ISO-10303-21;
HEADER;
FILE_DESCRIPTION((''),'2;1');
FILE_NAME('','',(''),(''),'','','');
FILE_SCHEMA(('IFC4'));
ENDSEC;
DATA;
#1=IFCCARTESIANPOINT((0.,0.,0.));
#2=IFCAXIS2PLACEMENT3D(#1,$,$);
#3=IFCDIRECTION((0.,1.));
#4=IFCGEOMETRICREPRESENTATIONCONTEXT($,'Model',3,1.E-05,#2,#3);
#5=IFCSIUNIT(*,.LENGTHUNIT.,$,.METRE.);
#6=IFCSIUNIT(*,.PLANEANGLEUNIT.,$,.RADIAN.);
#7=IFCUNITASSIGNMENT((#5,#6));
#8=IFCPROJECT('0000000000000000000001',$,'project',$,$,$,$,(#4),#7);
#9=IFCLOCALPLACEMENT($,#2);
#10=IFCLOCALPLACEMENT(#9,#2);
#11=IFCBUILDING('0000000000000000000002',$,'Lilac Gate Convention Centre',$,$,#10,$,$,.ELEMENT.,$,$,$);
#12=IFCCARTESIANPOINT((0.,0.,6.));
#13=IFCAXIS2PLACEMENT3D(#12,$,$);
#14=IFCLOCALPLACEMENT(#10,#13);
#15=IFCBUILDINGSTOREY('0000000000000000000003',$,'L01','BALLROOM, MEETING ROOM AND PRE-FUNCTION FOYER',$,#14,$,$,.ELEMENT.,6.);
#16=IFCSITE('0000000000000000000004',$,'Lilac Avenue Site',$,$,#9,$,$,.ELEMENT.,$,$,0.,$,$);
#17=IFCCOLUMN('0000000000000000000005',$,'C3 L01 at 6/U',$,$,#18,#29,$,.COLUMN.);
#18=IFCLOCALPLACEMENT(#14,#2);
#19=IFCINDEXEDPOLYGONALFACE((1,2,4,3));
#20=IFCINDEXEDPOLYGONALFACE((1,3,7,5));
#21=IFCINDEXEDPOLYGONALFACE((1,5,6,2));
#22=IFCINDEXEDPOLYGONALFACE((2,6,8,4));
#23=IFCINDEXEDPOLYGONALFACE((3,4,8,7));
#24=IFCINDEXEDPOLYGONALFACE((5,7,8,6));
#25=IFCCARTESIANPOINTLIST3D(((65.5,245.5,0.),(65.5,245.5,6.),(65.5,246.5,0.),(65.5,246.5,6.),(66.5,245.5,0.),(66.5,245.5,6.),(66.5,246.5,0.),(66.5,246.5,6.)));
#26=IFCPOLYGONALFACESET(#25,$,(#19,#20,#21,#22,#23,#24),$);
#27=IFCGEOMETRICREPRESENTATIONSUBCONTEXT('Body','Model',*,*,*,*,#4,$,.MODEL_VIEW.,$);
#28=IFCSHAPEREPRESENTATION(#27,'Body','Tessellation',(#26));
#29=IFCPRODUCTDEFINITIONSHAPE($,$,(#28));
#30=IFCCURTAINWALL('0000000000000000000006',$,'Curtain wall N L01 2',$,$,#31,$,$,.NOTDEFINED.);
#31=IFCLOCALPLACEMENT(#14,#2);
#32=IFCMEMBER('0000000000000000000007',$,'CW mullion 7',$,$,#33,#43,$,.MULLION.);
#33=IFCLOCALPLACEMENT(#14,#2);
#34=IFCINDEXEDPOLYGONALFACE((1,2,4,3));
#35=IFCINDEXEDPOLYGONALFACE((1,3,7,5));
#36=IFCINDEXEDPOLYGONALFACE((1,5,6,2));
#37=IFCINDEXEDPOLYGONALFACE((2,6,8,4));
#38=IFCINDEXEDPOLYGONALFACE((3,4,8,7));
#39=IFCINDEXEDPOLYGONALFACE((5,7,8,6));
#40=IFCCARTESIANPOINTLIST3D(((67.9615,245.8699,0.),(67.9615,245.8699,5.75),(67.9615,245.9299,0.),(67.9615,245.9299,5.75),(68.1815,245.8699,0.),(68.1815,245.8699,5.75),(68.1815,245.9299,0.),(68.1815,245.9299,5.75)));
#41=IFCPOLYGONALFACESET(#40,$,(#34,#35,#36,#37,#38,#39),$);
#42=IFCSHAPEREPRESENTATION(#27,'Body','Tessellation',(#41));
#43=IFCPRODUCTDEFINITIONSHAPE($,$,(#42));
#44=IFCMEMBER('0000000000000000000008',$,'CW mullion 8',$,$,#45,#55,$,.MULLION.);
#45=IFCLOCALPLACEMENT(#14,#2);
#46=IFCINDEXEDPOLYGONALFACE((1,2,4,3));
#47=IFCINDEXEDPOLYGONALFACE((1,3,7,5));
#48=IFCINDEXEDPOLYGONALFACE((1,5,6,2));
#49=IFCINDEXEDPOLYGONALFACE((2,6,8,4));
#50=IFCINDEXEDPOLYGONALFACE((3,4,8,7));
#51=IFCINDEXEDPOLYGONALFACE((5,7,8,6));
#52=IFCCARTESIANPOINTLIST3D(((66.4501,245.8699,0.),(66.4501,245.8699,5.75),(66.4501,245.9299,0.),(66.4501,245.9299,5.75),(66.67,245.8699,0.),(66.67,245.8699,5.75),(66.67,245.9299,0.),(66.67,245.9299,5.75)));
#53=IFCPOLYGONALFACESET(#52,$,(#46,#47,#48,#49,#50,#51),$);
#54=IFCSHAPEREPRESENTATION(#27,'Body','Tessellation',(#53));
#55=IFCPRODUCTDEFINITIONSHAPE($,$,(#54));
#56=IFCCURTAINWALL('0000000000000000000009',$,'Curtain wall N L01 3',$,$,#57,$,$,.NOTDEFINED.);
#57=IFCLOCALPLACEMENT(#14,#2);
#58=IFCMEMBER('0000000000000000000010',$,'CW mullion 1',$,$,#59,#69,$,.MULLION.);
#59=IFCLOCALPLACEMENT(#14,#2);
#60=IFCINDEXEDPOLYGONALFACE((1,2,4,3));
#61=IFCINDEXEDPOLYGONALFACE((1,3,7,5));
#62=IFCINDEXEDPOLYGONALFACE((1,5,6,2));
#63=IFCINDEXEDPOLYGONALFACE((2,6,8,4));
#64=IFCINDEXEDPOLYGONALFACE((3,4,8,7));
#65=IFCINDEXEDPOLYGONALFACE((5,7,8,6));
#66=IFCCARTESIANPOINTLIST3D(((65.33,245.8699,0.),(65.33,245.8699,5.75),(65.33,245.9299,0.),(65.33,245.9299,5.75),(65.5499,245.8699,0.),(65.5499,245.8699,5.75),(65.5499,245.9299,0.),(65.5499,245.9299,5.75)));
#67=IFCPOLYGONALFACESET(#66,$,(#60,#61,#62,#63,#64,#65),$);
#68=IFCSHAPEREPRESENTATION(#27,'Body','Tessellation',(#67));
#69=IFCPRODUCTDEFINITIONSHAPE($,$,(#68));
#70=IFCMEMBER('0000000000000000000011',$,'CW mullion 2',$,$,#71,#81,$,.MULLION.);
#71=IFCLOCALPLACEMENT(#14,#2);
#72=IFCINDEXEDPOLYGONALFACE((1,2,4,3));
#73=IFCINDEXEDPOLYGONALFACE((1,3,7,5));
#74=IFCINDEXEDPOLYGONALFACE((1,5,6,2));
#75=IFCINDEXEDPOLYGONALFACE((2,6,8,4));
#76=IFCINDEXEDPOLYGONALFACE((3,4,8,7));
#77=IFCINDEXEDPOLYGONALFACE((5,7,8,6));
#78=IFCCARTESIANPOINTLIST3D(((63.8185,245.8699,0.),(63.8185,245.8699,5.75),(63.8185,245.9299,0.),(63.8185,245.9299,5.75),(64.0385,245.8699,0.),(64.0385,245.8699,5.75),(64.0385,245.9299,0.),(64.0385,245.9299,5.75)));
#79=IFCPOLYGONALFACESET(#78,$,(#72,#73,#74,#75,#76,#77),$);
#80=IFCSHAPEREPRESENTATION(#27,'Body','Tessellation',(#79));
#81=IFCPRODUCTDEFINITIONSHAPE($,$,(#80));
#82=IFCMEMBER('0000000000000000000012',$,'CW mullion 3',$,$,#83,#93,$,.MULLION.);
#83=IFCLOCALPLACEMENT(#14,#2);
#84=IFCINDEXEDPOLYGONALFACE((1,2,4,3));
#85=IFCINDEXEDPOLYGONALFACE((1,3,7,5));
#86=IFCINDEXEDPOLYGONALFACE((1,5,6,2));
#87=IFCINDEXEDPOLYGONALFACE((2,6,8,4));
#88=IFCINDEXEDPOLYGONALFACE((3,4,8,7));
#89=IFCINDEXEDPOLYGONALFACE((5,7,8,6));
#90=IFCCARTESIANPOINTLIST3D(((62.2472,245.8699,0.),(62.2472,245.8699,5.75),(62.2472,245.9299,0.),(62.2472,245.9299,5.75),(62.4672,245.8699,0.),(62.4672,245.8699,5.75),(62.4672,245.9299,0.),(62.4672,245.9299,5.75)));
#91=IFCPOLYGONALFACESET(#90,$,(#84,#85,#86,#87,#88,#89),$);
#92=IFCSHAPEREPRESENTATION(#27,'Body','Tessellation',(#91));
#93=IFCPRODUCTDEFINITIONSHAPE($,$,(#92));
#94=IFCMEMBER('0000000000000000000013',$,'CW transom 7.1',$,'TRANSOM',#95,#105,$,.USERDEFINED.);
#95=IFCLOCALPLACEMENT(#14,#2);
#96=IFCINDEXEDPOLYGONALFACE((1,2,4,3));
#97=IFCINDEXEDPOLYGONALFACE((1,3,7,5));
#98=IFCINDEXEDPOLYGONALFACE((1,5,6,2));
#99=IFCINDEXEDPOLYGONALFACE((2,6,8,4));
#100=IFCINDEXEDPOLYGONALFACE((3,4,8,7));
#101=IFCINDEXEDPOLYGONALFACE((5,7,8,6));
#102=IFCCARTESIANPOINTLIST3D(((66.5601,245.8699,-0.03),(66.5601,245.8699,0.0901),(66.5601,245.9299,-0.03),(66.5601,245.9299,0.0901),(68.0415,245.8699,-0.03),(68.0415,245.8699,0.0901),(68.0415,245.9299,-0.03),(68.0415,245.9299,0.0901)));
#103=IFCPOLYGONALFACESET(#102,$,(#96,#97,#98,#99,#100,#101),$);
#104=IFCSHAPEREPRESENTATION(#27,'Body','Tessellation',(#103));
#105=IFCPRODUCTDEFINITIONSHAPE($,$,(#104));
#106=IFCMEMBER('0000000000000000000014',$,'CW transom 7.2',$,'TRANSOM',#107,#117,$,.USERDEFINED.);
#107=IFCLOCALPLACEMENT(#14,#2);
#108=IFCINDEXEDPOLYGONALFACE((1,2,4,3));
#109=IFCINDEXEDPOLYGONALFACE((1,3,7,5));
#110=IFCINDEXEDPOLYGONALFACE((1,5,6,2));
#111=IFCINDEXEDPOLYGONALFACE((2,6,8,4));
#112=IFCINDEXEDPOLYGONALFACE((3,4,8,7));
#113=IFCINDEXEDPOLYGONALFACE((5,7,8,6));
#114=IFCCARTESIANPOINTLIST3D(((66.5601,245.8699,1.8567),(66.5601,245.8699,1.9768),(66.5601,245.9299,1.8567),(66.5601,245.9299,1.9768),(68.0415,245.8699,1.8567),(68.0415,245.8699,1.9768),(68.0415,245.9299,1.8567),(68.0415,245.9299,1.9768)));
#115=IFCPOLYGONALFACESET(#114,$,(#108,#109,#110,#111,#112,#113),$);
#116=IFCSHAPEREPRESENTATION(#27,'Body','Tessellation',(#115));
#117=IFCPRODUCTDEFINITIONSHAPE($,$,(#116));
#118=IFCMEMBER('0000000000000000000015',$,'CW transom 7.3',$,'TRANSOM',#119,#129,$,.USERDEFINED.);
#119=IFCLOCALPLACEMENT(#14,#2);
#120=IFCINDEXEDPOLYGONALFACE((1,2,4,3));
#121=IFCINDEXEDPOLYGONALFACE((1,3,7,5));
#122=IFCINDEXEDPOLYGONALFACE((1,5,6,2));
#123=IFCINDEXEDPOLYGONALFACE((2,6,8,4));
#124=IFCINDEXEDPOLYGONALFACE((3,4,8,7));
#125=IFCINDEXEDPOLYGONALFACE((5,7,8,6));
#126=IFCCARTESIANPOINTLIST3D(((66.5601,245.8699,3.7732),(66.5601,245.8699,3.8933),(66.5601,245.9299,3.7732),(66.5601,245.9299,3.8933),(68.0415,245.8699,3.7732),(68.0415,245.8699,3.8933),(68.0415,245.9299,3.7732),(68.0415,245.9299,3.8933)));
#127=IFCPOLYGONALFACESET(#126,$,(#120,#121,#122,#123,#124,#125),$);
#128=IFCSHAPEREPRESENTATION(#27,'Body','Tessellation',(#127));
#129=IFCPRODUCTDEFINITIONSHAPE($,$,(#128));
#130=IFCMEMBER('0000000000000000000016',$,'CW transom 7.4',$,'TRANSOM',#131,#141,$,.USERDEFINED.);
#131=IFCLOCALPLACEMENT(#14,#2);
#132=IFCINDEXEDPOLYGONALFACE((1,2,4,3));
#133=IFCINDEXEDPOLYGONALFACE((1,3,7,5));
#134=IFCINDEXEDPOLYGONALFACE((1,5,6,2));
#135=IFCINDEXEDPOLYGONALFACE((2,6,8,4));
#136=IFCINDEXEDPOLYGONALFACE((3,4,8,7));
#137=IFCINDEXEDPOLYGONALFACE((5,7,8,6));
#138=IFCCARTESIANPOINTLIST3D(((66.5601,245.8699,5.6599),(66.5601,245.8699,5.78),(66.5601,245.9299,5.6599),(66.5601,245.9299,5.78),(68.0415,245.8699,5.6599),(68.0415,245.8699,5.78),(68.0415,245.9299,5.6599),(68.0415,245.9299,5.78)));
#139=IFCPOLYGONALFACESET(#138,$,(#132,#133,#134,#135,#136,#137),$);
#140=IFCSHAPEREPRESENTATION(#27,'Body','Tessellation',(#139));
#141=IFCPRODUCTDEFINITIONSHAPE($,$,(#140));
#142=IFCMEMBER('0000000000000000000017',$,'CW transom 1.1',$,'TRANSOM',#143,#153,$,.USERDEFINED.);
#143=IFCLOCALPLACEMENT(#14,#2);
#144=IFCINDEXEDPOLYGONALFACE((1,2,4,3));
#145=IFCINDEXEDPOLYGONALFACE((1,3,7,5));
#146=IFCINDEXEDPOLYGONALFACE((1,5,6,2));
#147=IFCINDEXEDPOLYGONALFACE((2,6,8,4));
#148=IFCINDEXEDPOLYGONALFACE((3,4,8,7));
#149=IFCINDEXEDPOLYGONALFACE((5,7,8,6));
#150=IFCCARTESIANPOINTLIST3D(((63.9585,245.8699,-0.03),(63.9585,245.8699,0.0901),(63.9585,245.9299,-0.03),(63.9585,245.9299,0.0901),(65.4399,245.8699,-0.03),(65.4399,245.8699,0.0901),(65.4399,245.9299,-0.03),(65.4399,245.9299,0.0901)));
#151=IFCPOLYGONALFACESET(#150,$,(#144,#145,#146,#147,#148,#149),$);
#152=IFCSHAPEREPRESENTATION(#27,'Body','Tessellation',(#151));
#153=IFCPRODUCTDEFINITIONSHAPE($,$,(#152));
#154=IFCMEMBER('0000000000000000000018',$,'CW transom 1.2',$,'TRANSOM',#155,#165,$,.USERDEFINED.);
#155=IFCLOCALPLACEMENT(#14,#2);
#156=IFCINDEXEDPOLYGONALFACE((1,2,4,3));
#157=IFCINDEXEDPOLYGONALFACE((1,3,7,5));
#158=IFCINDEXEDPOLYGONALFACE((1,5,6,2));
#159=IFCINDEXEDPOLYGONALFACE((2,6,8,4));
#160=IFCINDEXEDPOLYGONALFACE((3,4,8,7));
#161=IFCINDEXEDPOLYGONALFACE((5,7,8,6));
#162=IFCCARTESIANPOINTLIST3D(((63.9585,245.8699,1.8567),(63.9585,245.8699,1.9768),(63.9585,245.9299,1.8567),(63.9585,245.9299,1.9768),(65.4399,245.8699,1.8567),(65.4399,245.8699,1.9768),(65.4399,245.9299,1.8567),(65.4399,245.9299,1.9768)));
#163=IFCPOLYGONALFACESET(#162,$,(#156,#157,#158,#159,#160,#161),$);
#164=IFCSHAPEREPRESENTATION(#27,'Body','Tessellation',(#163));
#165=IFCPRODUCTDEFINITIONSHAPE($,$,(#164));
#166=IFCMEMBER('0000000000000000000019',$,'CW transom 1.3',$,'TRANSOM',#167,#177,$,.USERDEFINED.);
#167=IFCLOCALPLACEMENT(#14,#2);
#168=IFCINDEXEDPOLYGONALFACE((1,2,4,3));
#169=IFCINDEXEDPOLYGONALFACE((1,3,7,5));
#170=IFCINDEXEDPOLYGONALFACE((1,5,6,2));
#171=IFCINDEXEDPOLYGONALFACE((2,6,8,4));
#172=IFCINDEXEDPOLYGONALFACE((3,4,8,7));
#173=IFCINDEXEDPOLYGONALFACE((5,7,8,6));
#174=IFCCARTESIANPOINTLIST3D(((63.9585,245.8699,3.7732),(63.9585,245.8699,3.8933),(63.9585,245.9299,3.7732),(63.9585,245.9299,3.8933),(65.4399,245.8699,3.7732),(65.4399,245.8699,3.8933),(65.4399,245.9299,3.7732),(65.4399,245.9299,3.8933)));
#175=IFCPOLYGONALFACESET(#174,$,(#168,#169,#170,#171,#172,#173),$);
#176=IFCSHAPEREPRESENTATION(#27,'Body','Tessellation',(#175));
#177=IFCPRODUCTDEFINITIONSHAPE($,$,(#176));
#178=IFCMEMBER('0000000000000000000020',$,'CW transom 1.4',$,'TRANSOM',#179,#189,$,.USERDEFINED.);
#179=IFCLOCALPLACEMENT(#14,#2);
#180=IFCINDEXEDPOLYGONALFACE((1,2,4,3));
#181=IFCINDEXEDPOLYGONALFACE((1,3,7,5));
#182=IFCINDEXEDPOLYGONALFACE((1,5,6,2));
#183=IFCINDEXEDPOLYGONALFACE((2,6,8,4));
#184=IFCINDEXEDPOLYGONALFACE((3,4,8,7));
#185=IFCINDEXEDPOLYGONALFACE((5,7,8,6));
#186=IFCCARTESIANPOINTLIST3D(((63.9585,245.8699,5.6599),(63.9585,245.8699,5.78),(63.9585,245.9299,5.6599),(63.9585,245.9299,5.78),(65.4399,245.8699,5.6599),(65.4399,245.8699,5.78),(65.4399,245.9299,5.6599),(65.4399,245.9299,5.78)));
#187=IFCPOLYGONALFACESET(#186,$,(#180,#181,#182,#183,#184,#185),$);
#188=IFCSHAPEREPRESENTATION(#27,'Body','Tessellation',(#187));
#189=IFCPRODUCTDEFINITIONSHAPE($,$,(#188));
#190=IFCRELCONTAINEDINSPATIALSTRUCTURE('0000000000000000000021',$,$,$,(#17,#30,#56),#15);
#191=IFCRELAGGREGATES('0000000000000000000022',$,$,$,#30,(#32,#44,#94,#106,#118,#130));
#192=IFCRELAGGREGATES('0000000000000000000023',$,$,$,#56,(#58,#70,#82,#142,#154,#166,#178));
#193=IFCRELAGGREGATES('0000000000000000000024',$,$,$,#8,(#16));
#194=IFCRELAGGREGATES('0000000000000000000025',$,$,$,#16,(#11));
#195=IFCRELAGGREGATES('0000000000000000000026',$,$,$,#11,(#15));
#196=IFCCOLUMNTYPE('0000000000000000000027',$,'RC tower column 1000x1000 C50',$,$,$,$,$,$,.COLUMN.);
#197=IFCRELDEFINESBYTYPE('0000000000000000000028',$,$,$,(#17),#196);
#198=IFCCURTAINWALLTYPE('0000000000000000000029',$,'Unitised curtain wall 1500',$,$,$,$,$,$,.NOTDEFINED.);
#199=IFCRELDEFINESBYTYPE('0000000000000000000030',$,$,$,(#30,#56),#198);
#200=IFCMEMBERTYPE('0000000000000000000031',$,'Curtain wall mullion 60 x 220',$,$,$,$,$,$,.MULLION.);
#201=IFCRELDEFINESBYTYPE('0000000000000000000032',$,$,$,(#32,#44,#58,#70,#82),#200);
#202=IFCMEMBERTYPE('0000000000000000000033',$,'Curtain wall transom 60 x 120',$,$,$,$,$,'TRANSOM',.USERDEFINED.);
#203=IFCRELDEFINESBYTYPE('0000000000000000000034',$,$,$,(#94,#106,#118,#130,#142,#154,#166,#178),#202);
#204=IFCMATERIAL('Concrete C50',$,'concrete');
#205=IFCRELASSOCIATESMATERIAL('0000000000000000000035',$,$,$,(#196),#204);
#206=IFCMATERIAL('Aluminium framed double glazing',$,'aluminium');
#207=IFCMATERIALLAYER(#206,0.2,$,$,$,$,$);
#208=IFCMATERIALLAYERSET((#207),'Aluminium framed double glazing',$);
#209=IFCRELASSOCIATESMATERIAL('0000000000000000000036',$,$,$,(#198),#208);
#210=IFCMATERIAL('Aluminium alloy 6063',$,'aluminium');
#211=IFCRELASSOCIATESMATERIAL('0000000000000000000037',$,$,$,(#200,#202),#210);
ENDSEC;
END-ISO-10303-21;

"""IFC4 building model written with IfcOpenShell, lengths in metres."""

from ifc_helpers import new_model, si_unit, direction, frame, origin, origin_2d, place, context, subcontext, project, spatial, rectangle, extrude, material, layer, layer_set, material_profile, profile_set, type_object, element, aggregate, save


model = new_model("IFC4")

# Units and contexts
model_context = context("Model", 3, precision=1e-05, world=origin(), true_north=direction((0.0, 1.0)))
body_context = subcontext(model_context, "Body", "Model", "MODEL_VIEW")
ifc_project = project(units=[si_unit("LENGTHUNIT", "METRE"), si_unit("PLANEANGLEUNIT", "RADIAN")], contexts=[model_context])

# Site, building, storey
site_placement = place(None, origin())
site = spatial("IfcSite", under=ifc_project, at=site_placement, Name="Lilac Avenue Site", CompositionType="ELEMENT", RefElevation=0.0)
building_placement = place(site_placement, origin())
building = spatial("IfcBuilding", under=site, at=building_placement, Name="Lilac Gate Convention Centre", CompositionType="ELEMENT")
storey_placement = place(building_placement, frame((0.0, 0.0, 6.0)))
storey = spatial("IfcBuildingStorey", under=building, at=storey_placement, Name="L01", Description="BALLROOM, MEETING ROOM AND PRE-FUNCTION FOYER", CompositionType="ELEMENT", Elevation=6.0)

# Column
ifc_material_1 = material(Name="Concrete C50", Category="concrete")
ifc_material_profile_1 = material_profile(ifc_material_1, rectangle(XDim=1.0, YDim=1.0, at=origin_2d()), Name="RC 1000x1000")
ifc_profile_set_1 = profile_set([ifc_material_profile_1], Name="Concrete C50")
column_type = type_object("IfcColumnType", Name="RC tower column 1000x1000 C50", PredefinedType="COLUMN", material=ifc_profile_set_1)
column_placement = place(storey_placement, frame((66.0, 246.0, 0.0), z_axis=(0.0, 0.0, 1.0), x_axis=(1.0, 0.0, 0.0)))
element("IfcColumn", 1, at=column_placement, inside=storey, type_object=column_type, Name="C3 L01 at 6/U", PredefinedType="COLUMN", context=body_context, shape_type="SweptSolid", body=[
    extrude(rectangle(XDim=1.0, YDim=1.0, at=origin_2d()), origin(), (0.0, 0.0, 1.0), 6.0),
])

# Curtain walls, members
ifc_material_2 = material(Name="Aluminium framed double glazing", Category="aluminium")
ifc_layer_1 = layer(ifc_material_2, 0.2)
ifc_layer_set_1 = layer_set([ifc_layer_1], Name="Aluminium framed double glazing")
curtain_wall_type = type_object("IfcCurtainWallType", Name="Unitised curtain wall 1500", PredefinedType="NOTDEFINED", material=ifc_layer_set_1)
curtain_wall_1_placement = place(storey_placement, origin())
curtain_wall_1 = element("IfcCurtainWall", 2, at=curtain_wall_1_placement, inside=storey, type_object=curtain_wall_type, Name="Curtain wall N L01 2", PredefinedType="NOTDEFINED")
ifc_material_3 = material(Name="Aluminium alloy 6063", Category="aluminium")
ifc_material_profile_2 = material_profile(ifc_material_3, rectangle(XDim=0.0601, YDim=0.22, at=origin_2d()), Name="Curtain wall mullion 60 x 220")
ifc_profile_set_2 = profile_set([ifc_material_profile_2], Name="Aluminium alloy 6063")
member_type_1 = type_object("IfcMemberType", Name="Curtain wall mullion 60 x 220", PredefinedType="MULLION", material=ifc_profile_set_2)
member_1_placement = place(storey_placement, frame((68.0715, 245.8999, 0.0), z_axis=(0.0, 0.0, 1.0), x_axis=(0.0, -1.0, 0.0)))
member_1 = element("IfcMember", 3, at=member_1_placement, type_object=member_type_1, Name="CW mullion 7", PredefinedType="MULLION", context=body_context, shape_type="SweptSolid", body=[
    extrude(rectangle(XDim=0.0601, YDim=0.22, at=origin_2d()), origin(), (0.0, 0.0, 1.0), 5.75),
])
member_2_placement = place(storey_placement, frame((66.5601, 245.8999, 0.0), z_axis=(0.0, 0.0, 1.0), x_axis=(0.0, -1.0, 0.0)))
member_2 = element("IfcMember", 4, at=member_2_placement, type_object=member_type_1, Name="CW mullion 8", PredefinedType="MULLION", context=body_context, shape_type="SweptSolid", body=[
    extrude(rectangle(XDim=0.0601, YDim=0.22, at=origin_2d()), origin(), (0.0, 0.0, 1.0), 5.75),
])
curtain_wall_2_placement = place(storey_placement, origin())
curtain_wall_2 = element("IfcCurtainWall", 5, at=curtain_wall_2_placement, inside=storey, type_object=curtain_wall_type, Name="Curtain wall N L01 3", PredefinedType="NOTDEFINED")
member_3_placement = place(storey_placement, frame((65.4399, 245.8999, 0.0), z_axis=(0.0, 0.0, 1.0), x_axis=(0.0, -1.0, 0.0)))
member_3 = element("IfcMember", 6, at=member_3_placement, type_object=member_type_1, Name="CW mullion 1", PredefinedType="MULLION", context=body_context, shape_type="SweptSolid", body=[
    extrude(rectangle(XDim=0.0601, YDim=0.22, at=origin_2d()), origin(), (0.0, 0.0, 1.0), 5.75),
])
member_4_placement = place(storey_placement, frame((63.9285, 245.8999, 0.0), z_axis=(0.0, 0.0, 1.0), x_axis=(0.0, -1.0, 0.0)))
member_4 = element("IfcMember", 7, at=member_4_placement, type_object=member_type_1, Name="CW mullion 2", PredefinedType="MULLION", context=body_context, shape_type="SweptSolid", body=[
    extrude(rectangle(XDim=0.0601, YDim=0.22, at=origin_2d()), origin(), (0.0, 0.0, 1.0), 5.75),
])
member_5_placement = place(storey_placement, frame((62.3572, 245.8999, 0.0), z_axis=(0.0, 0.0, 1.0), x_axis=(0.0, -1.0, 0.0)))
member_5 = element("IfcMember", 8, at=member_5_placement, type_object=member_type_1, Name="CW mullion 3", PredefinedType="MULLION", context=body_context, shape_type="SweptSolid", body=[
    extrude(rectangle(XDim=0.0601, YDim=0.22, at=origin_2d()), origin(), (0.0, 0.0, 1.0), 5.75),
])

# Members
ifc_material_profile_3 = material_profile(ifc_material_3, rectangle(XDim=0.0601, YDim=0.1201, at=origin_2d()), Name="Curtain wall transom 60 x 120")
ifc_profile_set_3 = profile_set([ifc_material_profile_3], Name="Aluminium alloy 6063")
member_type_2 = type_object("IfcMemberType", Name="Curtain wall transom 60 x 120", ElementType="TRANSOM", PredefinedType="USERDEFINED", material=ifc_profile_set_3)
member_6_placement = place(storey_placement, frame((68.0415, 245.8999, 0.03), z_axis=(-1.0, 0.0, 0.0), x_axis=(0.0, -1.0, 0.0)))
member_6 = element("IfcMember", 9, at=member_6_placement, type_object=member_type_2, Name="CW transom 7.1", ObjectType="TRANSOM", PredefinedType="USERDEFINED", context=body_context, shape_type="SweptSolid", body=[
    extrude(rectangle(XDim=0.0601, YDim=0.1201, at=origin_2d()), origin(), (0.0, 0.0, 1.0), 1.4814),
])
member_7_placement = place(storey_placement, frame((68.0415, 245.8999, 1.9167), z_axis=(-1.0, 0.0, 0.0), x_axis=(0.0, -1.0, 0.0)))
member_7 = element("IfcMember", 10, at=member_7_placement, type_object=member_type_2, Name="CW transom 7.2", ObjectType="TRANSOM", PredefinedType="USERDEFINED", context=body_context, shape_type="SweptSolid", body=[
    extrude(rectangle(XDim=0.0601, YDim=0.1201, at=origin_2d()), origin(), (0.0, 0.0, 1.0), 1.4814),
])
member_8_placement = place(storey_placement, frame((68.0415, 245.8999, 3.8333), z_axis=(-1.0, 0.0, 0.0), x_axis=(0.0, -1.0, 0.0)))
member_8 = element("IfcMember", 11, at=member_8_placement, type_object=member_type_2, Name="CW transom 7.3", ObjectType="TRANSOM", PredefinedType="USERDEFINED", context=body_context, shape_type="SweptSolid", body=[
    extrude(rectangle(XDim=0.0601, YDim=0.1201, at=origin_2d()), origin(), (0.0, 0.0, 1.0), 1.4814),
])
member_9_placement = place(storey_placement, frame((68.0415, 245.8999, 5.72), z_axis=(-1.0, 0.0, 0.0), x_axis=(0.0, -1.0, 0.0)))
member_9 = element("IfcMember", 12, at=member_9_placement, type_object=member_type_2, Name="CW transom 7.4", ObjectType="TRANSOM", PredefinedType="USERDEFINED", context=body_context, shape_type="SweptSolid", body=[
    extrude(rectangle(XDim=0.0601, YDim=0.1201, at=origin_2d()), origin(), (0.0, 0.0, 1.0), 1.4814),
])
member_10_placement = place(storey_placement, frame((65.4399, 245.8999, 0.03), z_axis=(-1.0, 0.0, 0.0), x_axis=(0.0, -1.0, 0.0)))
member_10 = element("IfcMember", 13, at=member_10_placement, type_object=member_type_2, Name="CW transom 1.1", ObjectType="TRANSOM", PredefinedType="USERDEFINED", context=body_context, shape_type="SweptSolid", body=[
    extrude(rectangle(XDim=0.0601, YDim=0.1201, at=origin_2d()), origin(), (0.0, 0.0, 1.0), 1.4814),
])
member_11_placement = place(storey_placement, frame((65.4399, 245.8999, 1.9167), z_axis=(-1.0, 0.0, 0.0), x_axis=(0.0, -1.0, 0.0)))
member_11 = element("IfcMember", 14, at=member_11_placement, type_object=member_type_2, Name="CW transom 1.2", ObjectType="TRANSOM", PredefinedType="USERDEFINED", context=body_context, shape_type="SweptSolid", body=[
    extrude(rectangle(XDim=0.0601, YDim=0.1201, at=origin_2d()), origin(), (0.0, 0.0, 1.0), 1.4814),
])
member_12_placement = place(storey_placement, frame((65.4399, 245.8999, 3.8333), z_axis=(-1.0, 0.0, 0.0), x_axis=(0.0, -1.0, 0.0)))
member_12 = element("IfcMember", 15, at=member_12_placement, type_object=member_type_2, Name="CW transom 1.3", ObjectType="TRANSOM", PredefinedType="USERDEFINED", context=body_context, shape_type="SweptSolid", body=[
    extrude(rectangle(XDim=0.0601, YDim=0.1201, at=origin_2d()), origin(), (0.0, 0.0, 1.0), 1.4814),
])
member_13_placement = place(storey_placement, frame((65.4399, 245.8999, 5.72), z_axis=(-1.0, 0.0, 0.0), x_axis=(0.0, -1.0, 0.0)))
member_13 = element("IfcMember", 16, at=member_13_placement, type_object=member_type_2, Name="CW transom 1.4", ObjectType="TRANSOM", PredefinedType="USERDEFINED", context=body_context, shape_type="SweptSolid", body=[
    extrude(rectangle(XDim=0.0601, YDim=0.1201, at=origin_2d()), origin(), (0.0, 0.0, 1.0), 1.4814),
])

aggregate(curtain_wall_1, [member_1, member_2, member_6, member_7, member_8, member_9])
aggregate(curtain_wall_2, [member_3, member_4, member_5, member_10, member_11, member_12, member_13])

save(model, "model.ifc")
